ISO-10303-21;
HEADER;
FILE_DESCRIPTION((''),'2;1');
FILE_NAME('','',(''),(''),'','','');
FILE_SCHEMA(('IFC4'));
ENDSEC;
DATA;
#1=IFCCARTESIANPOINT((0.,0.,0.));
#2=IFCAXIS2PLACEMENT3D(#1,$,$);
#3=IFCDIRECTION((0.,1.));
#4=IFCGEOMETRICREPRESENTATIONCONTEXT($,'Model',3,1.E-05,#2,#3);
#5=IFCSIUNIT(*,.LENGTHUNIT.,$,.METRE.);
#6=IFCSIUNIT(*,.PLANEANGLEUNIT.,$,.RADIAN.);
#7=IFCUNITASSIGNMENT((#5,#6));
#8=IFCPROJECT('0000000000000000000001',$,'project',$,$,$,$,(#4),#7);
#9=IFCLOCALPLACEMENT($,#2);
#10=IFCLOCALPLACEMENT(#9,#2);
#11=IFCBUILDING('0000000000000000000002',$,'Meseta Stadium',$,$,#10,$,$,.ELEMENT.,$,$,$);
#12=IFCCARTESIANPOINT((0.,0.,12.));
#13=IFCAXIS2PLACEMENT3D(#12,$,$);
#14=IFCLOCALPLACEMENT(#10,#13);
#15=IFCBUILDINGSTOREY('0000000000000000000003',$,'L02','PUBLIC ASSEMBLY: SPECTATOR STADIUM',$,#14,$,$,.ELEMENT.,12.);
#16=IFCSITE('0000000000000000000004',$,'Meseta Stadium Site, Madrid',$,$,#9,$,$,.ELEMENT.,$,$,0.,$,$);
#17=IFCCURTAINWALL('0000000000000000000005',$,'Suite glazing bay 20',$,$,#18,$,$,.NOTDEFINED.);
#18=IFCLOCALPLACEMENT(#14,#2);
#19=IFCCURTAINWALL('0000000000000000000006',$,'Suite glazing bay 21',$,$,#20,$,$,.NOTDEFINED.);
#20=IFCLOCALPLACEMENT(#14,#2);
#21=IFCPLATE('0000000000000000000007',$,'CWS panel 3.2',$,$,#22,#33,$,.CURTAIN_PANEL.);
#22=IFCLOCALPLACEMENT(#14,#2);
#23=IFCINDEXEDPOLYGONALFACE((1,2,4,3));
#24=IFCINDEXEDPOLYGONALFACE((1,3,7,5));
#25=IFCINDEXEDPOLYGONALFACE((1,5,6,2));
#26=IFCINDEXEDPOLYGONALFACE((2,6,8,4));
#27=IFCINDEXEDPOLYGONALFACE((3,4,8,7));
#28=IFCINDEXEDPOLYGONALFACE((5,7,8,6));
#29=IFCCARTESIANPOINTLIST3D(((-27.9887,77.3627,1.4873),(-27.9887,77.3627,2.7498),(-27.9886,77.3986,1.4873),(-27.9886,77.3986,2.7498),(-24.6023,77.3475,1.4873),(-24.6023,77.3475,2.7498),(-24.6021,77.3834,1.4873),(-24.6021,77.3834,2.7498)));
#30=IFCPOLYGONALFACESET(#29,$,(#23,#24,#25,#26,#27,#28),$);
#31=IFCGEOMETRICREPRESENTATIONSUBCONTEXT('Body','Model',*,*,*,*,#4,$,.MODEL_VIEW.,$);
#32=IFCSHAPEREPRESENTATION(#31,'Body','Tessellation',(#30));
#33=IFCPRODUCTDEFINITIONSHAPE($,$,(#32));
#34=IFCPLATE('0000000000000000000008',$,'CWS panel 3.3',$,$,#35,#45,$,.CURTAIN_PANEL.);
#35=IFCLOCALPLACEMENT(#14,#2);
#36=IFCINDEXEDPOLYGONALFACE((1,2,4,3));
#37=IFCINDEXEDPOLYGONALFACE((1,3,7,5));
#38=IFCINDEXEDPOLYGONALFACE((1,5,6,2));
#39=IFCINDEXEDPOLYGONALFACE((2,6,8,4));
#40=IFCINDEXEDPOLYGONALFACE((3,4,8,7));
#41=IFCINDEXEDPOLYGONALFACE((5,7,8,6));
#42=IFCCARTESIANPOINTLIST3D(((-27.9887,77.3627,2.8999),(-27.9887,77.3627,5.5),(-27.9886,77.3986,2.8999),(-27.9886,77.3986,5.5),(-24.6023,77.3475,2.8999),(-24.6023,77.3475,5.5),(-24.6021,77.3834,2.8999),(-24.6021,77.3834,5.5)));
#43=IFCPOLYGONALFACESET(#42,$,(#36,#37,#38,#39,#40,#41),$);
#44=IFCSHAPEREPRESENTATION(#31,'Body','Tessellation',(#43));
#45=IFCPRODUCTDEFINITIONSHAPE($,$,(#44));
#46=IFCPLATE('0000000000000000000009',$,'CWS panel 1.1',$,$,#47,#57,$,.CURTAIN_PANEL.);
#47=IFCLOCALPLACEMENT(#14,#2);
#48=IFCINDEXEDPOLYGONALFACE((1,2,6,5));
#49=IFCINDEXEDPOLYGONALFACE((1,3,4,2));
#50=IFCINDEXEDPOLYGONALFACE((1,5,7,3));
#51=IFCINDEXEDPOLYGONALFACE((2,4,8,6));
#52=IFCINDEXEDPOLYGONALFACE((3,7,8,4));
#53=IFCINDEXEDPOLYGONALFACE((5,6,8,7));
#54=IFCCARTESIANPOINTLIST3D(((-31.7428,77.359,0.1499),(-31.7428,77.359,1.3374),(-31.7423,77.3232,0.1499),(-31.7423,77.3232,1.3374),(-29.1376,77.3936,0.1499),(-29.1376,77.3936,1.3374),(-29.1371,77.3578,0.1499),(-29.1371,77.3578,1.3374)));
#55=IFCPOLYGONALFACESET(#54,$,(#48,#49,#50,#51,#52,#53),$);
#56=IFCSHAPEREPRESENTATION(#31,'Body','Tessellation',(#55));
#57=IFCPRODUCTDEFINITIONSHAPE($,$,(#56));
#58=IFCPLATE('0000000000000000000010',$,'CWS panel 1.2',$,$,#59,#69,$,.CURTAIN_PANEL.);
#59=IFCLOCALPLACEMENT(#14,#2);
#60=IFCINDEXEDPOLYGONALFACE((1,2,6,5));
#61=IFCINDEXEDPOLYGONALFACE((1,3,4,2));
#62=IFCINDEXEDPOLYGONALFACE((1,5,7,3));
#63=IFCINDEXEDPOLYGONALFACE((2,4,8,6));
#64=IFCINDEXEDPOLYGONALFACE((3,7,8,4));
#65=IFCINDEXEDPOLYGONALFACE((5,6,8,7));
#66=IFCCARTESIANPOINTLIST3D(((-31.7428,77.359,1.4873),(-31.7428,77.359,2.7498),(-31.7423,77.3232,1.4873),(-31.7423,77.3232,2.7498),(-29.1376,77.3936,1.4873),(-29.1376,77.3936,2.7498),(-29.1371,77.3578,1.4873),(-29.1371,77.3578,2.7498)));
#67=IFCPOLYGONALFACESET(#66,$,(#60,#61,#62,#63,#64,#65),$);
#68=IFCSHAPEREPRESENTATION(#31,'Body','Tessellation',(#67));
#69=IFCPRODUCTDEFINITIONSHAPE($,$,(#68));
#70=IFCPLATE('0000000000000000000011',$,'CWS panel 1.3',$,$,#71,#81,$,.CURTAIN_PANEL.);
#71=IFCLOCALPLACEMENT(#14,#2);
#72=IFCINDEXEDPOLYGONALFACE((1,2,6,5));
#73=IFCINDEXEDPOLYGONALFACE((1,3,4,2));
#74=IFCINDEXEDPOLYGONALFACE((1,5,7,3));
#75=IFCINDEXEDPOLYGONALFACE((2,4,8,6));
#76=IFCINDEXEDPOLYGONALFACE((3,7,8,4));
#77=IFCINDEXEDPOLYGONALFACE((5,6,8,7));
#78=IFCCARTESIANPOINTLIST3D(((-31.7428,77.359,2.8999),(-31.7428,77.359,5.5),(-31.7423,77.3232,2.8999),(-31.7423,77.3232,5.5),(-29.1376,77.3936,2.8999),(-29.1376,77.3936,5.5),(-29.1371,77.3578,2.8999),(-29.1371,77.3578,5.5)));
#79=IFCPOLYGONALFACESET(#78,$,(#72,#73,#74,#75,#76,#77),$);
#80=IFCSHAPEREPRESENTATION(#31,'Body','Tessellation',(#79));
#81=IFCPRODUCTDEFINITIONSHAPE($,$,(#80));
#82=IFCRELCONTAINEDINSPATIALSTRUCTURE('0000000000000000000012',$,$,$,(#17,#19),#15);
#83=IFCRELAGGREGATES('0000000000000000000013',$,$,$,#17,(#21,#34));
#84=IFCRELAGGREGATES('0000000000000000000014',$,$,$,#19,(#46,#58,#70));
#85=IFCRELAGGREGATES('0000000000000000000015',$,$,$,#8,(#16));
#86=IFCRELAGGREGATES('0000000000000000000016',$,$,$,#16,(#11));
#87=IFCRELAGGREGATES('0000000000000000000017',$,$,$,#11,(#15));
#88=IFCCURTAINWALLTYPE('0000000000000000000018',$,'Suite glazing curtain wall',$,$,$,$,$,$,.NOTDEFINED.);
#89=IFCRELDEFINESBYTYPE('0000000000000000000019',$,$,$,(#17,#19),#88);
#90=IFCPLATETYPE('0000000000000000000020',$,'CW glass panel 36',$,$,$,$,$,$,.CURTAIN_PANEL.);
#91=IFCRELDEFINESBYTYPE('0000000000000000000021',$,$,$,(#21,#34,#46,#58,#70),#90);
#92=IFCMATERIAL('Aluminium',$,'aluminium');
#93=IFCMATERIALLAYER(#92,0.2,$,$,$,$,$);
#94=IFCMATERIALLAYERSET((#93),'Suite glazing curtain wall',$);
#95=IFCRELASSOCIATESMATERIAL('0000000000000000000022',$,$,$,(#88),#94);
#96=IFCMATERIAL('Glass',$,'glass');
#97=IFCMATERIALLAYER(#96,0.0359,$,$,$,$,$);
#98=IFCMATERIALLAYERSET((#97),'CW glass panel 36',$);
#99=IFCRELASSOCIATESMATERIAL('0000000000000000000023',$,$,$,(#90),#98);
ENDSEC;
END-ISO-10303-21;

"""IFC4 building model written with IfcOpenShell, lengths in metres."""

from ifc_helpers import new_model, si_unit, direction, frame, origin, origin_2d, place, context, subcontext, project, spatial, rectangle, extrude, material, layer, layer_set, type_object, element, aggregate, save


model = new_model("IFC4")

# Units and contexts
model_context = context("Model", 3, precision=1e-05, world=origin(), true_north=direction((0.0, 1.0)))
body_context = subcontext(model_context, "Body", "Model", "MODEL_VIEW")
ifc_project = project(units=[si_unit("LENGTHUNIT", "METRE"), si_unit("PLANEANGLEUNIT", "RADIAN")], contexts=[model_context])

# Site, building, storey
site_placement = place(None, origin())
site = spatial("IfcSite", under=ifc_project, at=site_placement, Name="Meseta Stadium Site, Madrid", CompositionType="ELEMENT", RefElevation=0.0)
building_placement = place(site_placement, origin())
building = spatial("IfcBuilding", under=site, at=building_placement, Name="Meseta Stadium", CompositionType="ELEMENT")
storey_placement = place(building_placement, frame((0.0, 0.0, 12.0)))
storey = spatial("IfcBuildingStorey", under=building, at=storey_placement, Name="L02", Description="PUBLIC ASSEMBLY: SPECTATOR STADIUM", CompositionType="ELEMENT", Elevation=12.0)

# Curtain walls
ifc_material_1 = material(Name="Aluminium", Category="aluminium")
ifc_layer_1 = layer(ifc_material_1, 0.2)
ifc_layer_set_1 = layer_set([ifc_layer_1], Name="Suite glazing curtain wall")
curtain_wall_type = type_object("IfcCurtainWallType", Name="Suite glazing curtain wall", PredefinedType="NOTDEFINED", material=ifc_layer_set_1)
curtain_wall_1_placement = place(storey_placement, origin())
curtain_wall_1 = element("IfcCurtainWall", 1, at=curtain_wall_1_placement, inside=storey, type_object=curtain_wall_type, Name="Suite glazing bay 20", PredefinedType="NOTDEFINED")
curtain_wall_2_placement = place(storey_placement, origin())
curtain_wall_2 = element("IfcCurtainWall", 2, at=curtain_wall_2_placement, inside=storey, type_object=curtain_wall_type, Name="Suite glazing bay 21", PredefinedType="NOTDEFINED")

# Plates
ifc_material_2 = material(Name="Glass", Category="glass")
ifc_layer_2 = layer(ifc_material_2, 0.0359)
ifc_layer_set_2 = layer_set([ifc_layer_2], Name="CW glass panel 36")
plate_type = type_object("IfcPlateType", Name="CW glass panel 36", PredefinedType="CURTAIN_PANEL", material=ifc_layer_set_2)
plate_1_placement = place(storey_placement, frame((-26.2954, 77.373, 1.4873), z_axis=(0.0, 0.0, 1.0), x_axis=(-0.99999, 0.004469, 0.0)))
plate_1 = element("IfcPlate", 3, at=plate_1_placement, type_object=plate_type, Name="CWS panel 3.2", PredefinedType="CURTAIN_PANEL", context=body_context, shape_type="SweptSolid", body=[
    extrude(rectangle(XDim=3.3865, YDim=0.0359, at=origin_2d()), origin(), (0.0, 0.0, 1.0), 1.2625),
])
plate_2_placement = place(storey_placement, frame((-26.2954, 77.373, 2.8999), z_axis=(0.0, 0.0, 1.0), x_axis=(-0.99999, 0.004469, 0.0)))
plate_2 = element("IfcPlate", 4, at=plate_2_placement, type_object=plate_type, Name="CWS panel 3.3", PredefinedType="CURTAIN_PANEL", context=body_context, shape_type="SweptSolid", body=[
    extrude(rectangle(XDim=3.3865, YDim=0.0359, at=origin_2d()), origin(), (0.0, 0.0, 1.0), 2.6001),
])
aggregate(curtain_wall_1, [plate_1, plate_2])
plate_3_placement = place(storey_placement, frame((-30.4399, 77.3584, 0.1499), z_axis=(0.0, 0.0, 1.0), x_axis=(-0.999912, -0.013281, 0.0)))
plate_3 = element("IfcPlate", 5, at=plate_3_placement, type_object=plate_type, Name="CWS panel 1.1", PredefinedType="CURTAIN_PANEL", context=body_context, shape_type="SweptSolid", body=[
    extrude(rectangle(XDim=2.6055, YDim=0.0359, at=origin_2d()), origin(), (0.0, 0.0, 1.0), 1.1875),
])
plate_4_placement = place(storey_placement, frame((-30.4399, 77.3584, 1.4873), z_axis=(0.0, 0.0, 1.0), x_axis=(-0.999912, -0.013281, 0.0)))
plate_4 = element("IfcPlate", 6, at=plate_4_placement, type_object=plate_type, Name="CWS panel 1.2", PredefinedType="CURTAIN_PANEL", context=body_context, shape_type="SweptSolid", body=[
    extrude(rectangle(XDim=2.6055, YDim=0.0359, at=origin_2d()), origin(), (0.0, 0.0, 1.0), 1.2625),
])
plate_5_placement = place(storey_placement, frame((-30.4399, 77.3584, 2.8999), z_axis=(0.0, 0.0, 1.0), x_axis=(-0.999912, -0.013281, 0.0)))
plate_5 = element("IfcPlate", 7, at=plate_5_placement, type_object=plate_type, Name="CWS panel 1.3", PredefinedType="CURTAIN_PANEL", context=body_context, shape_type="SweptSolid", body=[
    extrude(rectangle(XDim=2.6055, YDim=0.0359, at=origin_2d()), origin(), (0.0, 0.0, 1.0), 2.6001),
])
aggregate(curtain_wall_2, [plate_3, plate_4, plate_5])

save(model, "model.ifc")
